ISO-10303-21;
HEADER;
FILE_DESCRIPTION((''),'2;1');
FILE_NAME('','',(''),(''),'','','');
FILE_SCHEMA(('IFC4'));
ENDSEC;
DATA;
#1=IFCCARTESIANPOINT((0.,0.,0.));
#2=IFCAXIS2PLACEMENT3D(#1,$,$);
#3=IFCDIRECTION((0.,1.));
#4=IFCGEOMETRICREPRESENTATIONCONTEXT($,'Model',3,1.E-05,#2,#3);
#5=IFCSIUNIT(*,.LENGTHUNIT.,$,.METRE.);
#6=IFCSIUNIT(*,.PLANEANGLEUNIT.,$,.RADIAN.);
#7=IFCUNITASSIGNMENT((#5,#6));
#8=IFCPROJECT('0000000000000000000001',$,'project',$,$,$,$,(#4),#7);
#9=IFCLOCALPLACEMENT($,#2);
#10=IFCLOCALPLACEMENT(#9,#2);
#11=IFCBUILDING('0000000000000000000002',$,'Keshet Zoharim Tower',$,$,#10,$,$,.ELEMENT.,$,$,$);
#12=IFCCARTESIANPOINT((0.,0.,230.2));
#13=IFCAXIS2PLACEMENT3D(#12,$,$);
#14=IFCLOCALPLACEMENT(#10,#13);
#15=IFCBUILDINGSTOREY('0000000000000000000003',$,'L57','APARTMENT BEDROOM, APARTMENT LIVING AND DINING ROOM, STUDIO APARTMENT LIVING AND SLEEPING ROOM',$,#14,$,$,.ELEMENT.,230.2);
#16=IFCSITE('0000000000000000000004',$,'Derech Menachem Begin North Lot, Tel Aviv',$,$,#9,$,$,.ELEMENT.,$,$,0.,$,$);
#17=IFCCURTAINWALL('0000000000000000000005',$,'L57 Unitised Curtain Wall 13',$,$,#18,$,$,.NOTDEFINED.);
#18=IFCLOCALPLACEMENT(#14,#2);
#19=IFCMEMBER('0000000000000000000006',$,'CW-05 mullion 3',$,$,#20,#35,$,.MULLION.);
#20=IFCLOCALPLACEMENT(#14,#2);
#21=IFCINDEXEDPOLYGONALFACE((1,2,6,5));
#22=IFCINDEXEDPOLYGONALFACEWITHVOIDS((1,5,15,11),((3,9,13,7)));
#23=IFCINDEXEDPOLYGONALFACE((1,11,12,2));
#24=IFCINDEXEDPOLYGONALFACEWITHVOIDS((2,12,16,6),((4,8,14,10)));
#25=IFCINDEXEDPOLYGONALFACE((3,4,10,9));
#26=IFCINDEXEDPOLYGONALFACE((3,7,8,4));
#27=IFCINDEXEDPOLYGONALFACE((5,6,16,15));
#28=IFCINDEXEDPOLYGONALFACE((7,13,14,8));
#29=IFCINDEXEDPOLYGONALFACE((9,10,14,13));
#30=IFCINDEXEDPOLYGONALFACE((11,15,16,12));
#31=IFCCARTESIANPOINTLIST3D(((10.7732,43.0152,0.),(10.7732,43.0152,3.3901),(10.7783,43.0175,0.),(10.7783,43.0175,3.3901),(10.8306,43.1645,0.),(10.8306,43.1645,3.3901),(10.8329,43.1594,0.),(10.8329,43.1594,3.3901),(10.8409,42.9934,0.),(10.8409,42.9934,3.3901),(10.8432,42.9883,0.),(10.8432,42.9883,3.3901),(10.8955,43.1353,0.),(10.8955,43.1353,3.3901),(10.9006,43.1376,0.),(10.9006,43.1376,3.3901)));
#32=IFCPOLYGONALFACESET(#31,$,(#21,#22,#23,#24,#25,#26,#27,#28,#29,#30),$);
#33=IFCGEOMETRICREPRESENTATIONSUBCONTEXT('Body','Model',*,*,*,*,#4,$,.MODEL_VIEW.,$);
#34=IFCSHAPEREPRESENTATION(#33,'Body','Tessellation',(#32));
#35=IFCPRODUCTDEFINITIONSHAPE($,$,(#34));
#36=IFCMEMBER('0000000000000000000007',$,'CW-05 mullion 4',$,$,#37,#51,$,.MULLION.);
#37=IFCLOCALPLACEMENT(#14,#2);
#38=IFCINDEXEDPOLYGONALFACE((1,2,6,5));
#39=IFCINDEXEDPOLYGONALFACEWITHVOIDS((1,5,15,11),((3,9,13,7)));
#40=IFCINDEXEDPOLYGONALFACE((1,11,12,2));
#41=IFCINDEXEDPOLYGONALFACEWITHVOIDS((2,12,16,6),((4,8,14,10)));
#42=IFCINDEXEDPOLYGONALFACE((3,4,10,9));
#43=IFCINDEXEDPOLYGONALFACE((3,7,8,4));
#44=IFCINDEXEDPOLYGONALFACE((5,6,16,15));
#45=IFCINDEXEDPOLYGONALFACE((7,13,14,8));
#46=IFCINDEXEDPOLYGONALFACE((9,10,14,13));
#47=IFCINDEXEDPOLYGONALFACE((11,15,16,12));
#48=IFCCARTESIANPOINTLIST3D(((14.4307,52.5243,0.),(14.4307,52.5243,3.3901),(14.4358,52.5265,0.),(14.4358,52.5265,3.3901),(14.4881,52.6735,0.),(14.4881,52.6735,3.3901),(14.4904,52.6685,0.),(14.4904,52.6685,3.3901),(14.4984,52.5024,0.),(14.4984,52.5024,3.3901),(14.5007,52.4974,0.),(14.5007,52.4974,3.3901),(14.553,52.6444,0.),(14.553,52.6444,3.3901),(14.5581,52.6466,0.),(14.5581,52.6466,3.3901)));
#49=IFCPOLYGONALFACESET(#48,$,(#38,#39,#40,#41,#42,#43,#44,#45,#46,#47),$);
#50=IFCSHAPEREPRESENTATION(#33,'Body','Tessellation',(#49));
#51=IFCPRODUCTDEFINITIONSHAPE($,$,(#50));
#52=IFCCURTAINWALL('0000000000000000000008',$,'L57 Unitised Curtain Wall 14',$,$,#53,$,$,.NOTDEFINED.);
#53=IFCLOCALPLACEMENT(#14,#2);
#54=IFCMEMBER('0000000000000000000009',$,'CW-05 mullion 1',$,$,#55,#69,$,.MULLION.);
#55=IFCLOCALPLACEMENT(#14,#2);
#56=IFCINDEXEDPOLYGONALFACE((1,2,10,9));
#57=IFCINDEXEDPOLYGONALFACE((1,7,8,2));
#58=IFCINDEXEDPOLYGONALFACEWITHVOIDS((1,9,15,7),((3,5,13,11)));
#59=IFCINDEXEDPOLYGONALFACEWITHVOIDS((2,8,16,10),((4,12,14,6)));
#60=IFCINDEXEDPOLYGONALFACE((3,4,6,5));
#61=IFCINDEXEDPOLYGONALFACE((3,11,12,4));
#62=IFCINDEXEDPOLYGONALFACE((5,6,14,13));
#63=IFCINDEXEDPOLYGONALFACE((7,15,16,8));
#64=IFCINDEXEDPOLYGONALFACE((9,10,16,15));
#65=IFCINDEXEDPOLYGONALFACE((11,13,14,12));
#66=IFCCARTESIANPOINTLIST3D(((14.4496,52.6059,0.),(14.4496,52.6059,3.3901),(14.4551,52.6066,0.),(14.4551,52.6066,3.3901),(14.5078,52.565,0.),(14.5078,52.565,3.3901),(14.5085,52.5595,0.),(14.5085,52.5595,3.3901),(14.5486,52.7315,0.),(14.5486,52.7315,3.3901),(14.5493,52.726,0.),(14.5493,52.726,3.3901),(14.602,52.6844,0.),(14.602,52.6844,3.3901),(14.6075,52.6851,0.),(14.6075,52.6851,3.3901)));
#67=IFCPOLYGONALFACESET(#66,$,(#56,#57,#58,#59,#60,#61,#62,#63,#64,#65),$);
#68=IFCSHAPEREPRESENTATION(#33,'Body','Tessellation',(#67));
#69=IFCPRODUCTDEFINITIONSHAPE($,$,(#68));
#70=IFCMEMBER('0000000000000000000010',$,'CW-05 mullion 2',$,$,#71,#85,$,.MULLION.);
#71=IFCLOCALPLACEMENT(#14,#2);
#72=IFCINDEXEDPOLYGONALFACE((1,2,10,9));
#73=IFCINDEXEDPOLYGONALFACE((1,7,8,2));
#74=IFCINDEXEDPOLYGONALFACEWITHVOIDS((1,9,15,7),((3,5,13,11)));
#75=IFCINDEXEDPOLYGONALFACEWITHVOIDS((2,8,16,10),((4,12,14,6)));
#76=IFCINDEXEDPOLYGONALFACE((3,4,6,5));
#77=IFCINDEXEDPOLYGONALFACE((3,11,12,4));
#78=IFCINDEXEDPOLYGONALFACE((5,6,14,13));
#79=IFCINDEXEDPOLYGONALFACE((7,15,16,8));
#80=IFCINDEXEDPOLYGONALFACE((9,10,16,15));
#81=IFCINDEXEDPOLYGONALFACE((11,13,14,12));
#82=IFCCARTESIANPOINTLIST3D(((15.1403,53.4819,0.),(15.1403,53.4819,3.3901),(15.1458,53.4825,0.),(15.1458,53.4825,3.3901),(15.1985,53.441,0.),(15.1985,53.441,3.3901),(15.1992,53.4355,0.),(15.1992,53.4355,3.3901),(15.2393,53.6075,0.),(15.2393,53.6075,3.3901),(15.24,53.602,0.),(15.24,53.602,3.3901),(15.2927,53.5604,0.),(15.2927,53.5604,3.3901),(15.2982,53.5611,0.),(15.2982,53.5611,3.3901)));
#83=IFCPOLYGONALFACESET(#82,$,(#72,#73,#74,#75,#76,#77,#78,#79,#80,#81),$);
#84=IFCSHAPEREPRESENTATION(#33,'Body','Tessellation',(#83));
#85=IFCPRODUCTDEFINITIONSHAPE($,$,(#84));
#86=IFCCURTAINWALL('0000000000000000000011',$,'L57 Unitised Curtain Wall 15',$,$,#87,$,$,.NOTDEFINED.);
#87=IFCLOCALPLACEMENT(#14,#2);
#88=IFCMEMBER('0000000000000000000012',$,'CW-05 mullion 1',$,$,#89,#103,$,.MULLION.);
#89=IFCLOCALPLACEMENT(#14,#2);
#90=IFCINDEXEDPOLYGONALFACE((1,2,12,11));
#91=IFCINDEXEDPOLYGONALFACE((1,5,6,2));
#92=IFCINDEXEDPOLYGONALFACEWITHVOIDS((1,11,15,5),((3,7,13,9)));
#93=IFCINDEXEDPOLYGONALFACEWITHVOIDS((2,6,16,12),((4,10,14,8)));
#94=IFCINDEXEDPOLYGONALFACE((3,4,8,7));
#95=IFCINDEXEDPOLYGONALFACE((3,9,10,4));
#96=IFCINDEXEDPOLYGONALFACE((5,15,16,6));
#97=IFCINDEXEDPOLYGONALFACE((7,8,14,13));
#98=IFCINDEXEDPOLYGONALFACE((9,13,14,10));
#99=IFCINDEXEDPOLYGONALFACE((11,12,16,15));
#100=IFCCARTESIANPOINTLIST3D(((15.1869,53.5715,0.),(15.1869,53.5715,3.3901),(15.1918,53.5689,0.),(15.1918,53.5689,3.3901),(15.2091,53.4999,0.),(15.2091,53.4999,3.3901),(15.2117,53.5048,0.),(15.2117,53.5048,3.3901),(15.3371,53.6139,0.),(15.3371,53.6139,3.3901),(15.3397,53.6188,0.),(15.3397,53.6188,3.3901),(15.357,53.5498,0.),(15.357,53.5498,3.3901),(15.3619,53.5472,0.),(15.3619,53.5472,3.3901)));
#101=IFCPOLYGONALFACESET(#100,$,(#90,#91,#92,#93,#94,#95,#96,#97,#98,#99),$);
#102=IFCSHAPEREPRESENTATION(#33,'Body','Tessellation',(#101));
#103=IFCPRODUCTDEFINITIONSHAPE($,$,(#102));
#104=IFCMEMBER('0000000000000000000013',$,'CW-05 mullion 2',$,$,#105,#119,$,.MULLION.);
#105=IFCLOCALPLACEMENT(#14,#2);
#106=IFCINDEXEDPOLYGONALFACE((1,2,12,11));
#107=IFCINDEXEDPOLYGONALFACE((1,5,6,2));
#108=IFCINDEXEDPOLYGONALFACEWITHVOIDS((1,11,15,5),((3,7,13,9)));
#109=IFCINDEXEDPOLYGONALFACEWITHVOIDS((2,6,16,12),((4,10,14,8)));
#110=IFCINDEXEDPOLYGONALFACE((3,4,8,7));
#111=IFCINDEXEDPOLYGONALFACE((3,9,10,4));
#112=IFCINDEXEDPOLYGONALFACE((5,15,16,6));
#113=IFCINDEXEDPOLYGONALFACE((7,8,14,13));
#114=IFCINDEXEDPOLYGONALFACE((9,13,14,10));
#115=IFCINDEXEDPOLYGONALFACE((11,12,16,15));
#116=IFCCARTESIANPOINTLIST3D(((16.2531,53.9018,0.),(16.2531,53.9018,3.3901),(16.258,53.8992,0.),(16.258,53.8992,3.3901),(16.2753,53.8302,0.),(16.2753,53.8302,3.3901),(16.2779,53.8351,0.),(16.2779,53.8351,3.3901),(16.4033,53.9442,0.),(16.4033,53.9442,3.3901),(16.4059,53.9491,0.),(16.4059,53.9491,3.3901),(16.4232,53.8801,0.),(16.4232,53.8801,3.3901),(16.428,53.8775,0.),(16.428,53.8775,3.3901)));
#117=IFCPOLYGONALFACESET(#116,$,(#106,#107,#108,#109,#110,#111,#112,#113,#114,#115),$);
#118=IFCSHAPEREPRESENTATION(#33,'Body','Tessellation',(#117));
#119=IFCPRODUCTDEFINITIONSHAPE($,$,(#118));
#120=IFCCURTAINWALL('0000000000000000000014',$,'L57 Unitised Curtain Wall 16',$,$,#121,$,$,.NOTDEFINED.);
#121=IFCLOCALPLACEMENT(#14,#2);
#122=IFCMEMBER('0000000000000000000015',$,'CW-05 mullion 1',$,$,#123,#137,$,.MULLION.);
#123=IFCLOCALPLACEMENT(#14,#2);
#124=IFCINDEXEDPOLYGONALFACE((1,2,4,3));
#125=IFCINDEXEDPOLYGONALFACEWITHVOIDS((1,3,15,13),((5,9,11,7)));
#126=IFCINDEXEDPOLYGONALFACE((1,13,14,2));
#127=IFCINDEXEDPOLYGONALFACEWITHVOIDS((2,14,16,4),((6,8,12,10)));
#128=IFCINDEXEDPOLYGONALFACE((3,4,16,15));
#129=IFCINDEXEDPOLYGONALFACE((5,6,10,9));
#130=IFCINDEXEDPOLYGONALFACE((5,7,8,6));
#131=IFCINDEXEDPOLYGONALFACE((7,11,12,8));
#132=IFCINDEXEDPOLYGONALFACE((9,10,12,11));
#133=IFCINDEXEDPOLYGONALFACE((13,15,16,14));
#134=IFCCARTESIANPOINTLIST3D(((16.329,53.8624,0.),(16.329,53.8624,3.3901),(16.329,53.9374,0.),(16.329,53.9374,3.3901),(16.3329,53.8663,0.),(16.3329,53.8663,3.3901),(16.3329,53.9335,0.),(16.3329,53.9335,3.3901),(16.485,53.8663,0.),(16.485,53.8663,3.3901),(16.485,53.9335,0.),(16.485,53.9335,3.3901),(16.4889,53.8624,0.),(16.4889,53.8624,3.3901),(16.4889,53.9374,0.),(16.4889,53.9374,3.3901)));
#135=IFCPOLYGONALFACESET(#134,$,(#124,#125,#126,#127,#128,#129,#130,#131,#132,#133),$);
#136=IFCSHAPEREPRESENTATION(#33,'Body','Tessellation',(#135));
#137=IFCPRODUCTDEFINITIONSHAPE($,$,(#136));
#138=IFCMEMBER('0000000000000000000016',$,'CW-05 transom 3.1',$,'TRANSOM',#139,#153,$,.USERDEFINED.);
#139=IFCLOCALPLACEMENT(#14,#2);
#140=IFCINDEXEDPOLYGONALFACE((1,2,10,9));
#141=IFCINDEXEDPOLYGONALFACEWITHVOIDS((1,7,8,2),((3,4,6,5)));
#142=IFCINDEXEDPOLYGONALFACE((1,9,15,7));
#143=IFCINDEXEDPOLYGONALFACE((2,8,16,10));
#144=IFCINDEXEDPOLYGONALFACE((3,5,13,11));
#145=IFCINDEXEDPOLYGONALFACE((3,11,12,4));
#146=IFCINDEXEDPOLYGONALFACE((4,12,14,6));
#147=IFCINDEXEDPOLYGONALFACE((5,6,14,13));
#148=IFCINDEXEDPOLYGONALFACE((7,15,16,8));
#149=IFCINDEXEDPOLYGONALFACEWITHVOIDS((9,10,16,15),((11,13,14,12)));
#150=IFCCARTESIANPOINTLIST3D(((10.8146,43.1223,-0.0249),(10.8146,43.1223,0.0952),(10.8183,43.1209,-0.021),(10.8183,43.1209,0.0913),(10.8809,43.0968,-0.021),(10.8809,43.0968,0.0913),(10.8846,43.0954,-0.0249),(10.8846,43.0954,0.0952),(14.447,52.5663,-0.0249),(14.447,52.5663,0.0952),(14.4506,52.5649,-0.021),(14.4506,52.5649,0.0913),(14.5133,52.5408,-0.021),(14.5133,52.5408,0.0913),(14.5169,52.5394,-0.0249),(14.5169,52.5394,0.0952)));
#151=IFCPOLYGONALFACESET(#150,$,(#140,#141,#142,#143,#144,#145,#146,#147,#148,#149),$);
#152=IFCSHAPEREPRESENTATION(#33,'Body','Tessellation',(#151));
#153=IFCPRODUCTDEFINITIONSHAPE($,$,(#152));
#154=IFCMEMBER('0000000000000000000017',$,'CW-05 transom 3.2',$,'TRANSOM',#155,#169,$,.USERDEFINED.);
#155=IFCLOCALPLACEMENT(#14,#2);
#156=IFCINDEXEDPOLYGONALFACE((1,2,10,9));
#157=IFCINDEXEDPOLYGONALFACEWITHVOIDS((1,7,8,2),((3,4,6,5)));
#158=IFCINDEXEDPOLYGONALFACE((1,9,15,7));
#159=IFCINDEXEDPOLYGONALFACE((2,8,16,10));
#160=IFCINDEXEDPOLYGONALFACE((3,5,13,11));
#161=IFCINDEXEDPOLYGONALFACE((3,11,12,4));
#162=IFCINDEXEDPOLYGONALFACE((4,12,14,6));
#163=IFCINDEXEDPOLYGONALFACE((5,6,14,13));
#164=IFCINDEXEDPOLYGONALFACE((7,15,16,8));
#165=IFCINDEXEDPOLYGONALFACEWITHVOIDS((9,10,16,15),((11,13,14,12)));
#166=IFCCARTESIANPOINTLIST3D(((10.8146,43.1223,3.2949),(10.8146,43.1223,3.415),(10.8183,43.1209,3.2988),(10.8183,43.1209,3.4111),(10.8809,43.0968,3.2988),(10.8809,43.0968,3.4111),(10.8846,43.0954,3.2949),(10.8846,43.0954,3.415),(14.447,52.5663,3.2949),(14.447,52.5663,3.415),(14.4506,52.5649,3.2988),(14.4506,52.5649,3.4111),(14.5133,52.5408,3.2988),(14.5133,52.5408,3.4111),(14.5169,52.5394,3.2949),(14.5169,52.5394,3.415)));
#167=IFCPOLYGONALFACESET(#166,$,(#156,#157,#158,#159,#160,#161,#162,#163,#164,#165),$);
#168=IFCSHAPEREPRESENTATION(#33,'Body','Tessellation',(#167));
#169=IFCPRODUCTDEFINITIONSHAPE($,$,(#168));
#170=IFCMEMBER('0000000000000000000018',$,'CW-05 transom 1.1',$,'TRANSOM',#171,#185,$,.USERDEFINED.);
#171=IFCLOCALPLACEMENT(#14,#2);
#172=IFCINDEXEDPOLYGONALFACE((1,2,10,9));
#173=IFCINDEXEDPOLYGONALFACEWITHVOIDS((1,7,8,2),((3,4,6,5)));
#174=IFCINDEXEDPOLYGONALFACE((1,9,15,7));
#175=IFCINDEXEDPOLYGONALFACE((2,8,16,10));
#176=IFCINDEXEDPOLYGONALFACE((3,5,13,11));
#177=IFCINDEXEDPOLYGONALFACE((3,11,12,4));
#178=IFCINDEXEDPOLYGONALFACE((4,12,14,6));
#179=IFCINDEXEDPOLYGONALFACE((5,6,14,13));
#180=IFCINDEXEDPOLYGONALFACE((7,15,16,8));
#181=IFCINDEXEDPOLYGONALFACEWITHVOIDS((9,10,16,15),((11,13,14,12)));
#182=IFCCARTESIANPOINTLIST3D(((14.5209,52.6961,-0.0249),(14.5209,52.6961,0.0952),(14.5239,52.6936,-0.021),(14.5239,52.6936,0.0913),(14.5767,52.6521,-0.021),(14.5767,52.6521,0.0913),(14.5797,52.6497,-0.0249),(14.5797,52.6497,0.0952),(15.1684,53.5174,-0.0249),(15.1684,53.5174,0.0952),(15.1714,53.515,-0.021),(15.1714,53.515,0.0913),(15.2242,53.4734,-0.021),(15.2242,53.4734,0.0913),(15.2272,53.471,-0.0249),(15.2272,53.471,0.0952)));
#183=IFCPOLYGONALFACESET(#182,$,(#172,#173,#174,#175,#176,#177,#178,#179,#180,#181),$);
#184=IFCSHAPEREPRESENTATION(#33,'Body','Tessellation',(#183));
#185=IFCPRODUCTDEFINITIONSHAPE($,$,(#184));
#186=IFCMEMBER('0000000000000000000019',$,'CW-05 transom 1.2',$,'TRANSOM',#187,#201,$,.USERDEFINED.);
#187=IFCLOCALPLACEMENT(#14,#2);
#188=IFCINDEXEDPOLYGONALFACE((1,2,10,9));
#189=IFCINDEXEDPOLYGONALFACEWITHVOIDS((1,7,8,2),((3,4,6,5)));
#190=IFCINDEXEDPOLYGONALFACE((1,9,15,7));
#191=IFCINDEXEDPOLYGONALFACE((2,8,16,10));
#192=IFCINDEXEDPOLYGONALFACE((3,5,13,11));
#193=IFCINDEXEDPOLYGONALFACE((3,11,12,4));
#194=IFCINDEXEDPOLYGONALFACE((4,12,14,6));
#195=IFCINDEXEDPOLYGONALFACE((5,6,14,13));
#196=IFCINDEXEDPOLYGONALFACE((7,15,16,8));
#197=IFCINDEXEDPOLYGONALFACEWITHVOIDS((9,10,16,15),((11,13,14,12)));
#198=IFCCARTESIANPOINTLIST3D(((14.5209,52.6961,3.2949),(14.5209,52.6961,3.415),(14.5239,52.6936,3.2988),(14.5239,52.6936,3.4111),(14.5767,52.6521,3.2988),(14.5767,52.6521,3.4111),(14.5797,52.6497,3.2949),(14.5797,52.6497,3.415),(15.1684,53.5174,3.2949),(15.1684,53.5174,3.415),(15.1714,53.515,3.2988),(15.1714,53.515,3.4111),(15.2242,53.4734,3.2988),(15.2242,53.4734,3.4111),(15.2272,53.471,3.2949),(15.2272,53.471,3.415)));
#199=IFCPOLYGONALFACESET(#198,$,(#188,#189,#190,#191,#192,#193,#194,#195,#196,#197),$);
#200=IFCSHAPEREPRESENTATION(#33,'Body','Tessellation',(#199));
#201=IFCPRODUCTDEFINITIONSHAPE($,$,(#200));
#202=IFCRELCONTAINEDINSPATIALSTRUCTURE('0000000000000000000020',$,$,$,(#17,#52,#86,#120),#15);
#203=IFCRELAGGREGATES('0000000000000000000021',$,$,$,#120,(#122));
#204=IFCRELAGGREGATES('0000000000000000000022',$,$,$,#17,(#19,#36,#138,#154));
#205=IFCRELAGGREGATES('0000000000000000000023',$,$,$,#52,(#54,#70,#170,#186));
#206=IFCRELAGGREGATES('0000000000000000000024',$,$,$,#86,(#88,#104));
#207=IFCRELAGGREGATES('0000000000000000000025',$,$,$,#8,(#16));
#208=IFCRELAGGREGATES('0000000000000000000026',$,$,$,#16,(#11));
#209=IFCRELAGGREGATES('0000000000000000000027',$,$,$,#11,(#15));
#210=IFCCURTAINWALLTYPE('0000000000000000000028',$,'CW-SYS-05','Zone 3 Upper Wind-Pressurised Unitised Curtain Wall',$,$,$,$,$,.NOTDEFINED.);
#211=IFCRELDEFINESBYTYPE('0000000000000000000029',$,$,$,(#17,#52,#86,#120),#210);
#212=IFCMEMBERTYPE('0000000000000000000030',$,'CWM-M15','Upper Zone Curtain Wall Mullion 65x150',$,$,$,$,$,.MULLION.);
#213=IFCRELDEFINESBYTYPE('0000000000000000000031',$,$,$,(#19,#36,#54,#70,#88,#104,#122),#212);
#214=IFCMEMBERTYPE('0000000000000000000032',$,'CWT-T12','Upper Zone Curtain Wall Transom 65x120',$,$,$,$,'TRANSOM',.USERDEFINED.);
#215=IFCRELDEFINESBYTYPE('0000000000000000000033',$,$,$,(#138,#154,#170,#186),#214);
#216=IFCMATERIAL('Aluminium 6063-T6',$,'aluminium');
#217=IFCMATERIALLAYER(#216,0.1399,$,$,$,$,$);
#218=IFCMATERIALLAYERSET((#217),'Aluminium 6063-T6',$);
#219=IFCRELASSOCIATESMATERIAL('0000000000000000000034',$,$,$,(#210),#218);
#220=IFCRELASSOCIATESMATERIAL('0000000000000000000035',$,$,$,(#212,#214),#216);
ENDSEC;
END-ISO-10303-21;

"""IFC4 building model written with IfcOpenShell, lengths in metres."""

from ifc_helpers import new_model, si_unit, direction, frame, origin, origin_2d, place, context, subcontext, project, spatial, hollow_rectangle, extrude, material, layer, layer_set, material_profile, profile_set, type_object, element, aggregate, save


model = new_model("IFC4")

# Units and contexts
model_context = context("Model", 3, precision=1e-05, world=origin(), true_north=direction((0.0, 1.0)))
body_context = subcontext(model_context, "Body", "Model", "MODEL_VIEW")
ifc_project = project(units=[si_unit("LENGTHUNIT", "METRE"), si_unit("PLANEANGLEUNIT", "RADIAN")], contexts=[model_context])

# Site, building, storey
site_placement = place(None, origin())
site = spatial("IfcSite", under=ifc_project, at=site_placement, Name="Derech Menachem Begin North Lot, Tel Aviv", CompositionType="ELEMENT", RefElevation=0.0)
building_placement = place(site_placement, origin())
building = spatial("IfcBuilding", under=site, at=building_placement, Name="Keshet Zoharim Tower", CompositionType="ELEMENT")
storey_placement = place(building_placement, frame((0.0, 0.0, 230.2)))
storey = spatial("IfcBuildingStorey", under=building, at=storey_placement, Name="L57", Description="APARTMENT BEDROOM, APARTMENT LIVING AND DINING ROOM, STUDIO APARTMENT LIVING AND SLEEPING ROOM", CompositionType="ELEMENT", Elevation=230.2)

# Curtain walls, members
ifc_material_1 = material(Name="Aluminium 6063-T6", Category="aluminium")
ifc_layer_1 = layer(ifc_material_1, 0.1399)
ifc_layer_set_1 = layer_set([ifc_layer_1], Name="Aluminium 6063-T6")
curtain_wall_type = type_object("IfcCurtainWallType", Name="CW-SYS-05", Description="Zone 3 Upper Wind-Pressurised Unitised Curtain Wall", PredefinedType="NOTDEFINED", material=ifc_layer_set_1)
curtain_wall_1_placement = place(storey_placement, origin())
curtain_wall_1 = element("IfcCurtainWall", 1, at=curtain_wall_1_placement, inside=storey, type_object=curtain_wall_type, Name="L57 Unitised Curtain Wall 13", PredefinedType="NOTDEFINED")
ifc_material_profile_1 = material_profile(ifc_material_1, hollow_rectangle(XDim=0.075, YDim=0.1599, WallThickness=0.0039, at=origin_2d()), Name="MUL-75x160")
ifc_profile_set_1 = profile_set([ifc_material_profile_1], Name="Aluminium 6063-T6")
member_type_1 = type_object("IfcMemberType", Name="CWM-M15", Description="Upper Zone Curtain Wall Mullion 65x150", PredefinedType="MULLION", material=ifc_profile_set_1)
member_1_placement = place(storey_placement, frame((10.8369, 43.0764, 0.0), z_axis=(0.0, 0.0, 1.0), x_axis=(-0.933341, 0.35899, 0.0)))
member_1 = element("IfcMember", 2, at=member_1_placement, type_object=member_type_1, Name="CW-05 mullion 3", PredefinedType="MULLION", context=body_context, shape_type="SweptSolid", body=[
    extrude(hollow_rectangle(XDim=0.075, YDim=0.1599, WallThickness=0.0039, at=origin_2d()), origin(), (0.0, 0.0, 1.0), 3.3901),
])
member_2_placement = place(storey_placement, frame((14.4944, 52.5854, 0.0), z_axis=(0.0, 0.0, 1.0), x_axis=(-0.933341, 0.35899, 0.0)))
member_2 = element("IfcMember", 3, at=member_2_placement, type_object=member_type_1, Name="CW-05 mullion 4", PredefinedType="MULLION", context=body_context, shape_type="SweptSolid", body=[
    extrude(hollow_rectangle(XDim=0.075, YDim=0.1599, WallThickness=0.0039, at=origin_2d()), origin(), (0.0, 0.0, 1.0), 3.3901),
])
curtain_wall_2_placement = place(storey_placement, origin())
curtain_wall_2 = element("IfcCurtainWall", 4, at=curtain_wall_2_placement, inside=storey, type_object=curtain_wall_type, Name="L57 Unitised Curtain Wall 14", PredefinedType="NOTDEFINED")
member_3_placement = place(storey_placement, frame((14.5286, 52.6455, 0.0), z_axis=(0.0, 0.0, 1.0), x_axis=(-0.785293, 0.619125, 0.0)))
member_3 = element("IfcMember", 5, at=member_3_placement, type_object=member_type_1, Name="CW-05 mullion 1", PredefinedType="MULLION", context=body_context, shape_type="SweptSolid", body=[
    extrude(hollow_rectangle(XDim=0.075, YDim=0.1599, WallThickness=0.0039, at=origin_2d()), origin(), (0.0, 0.0, 1.0), 3.3901),
])
member_4_placement = place(storey_placement, frame((15.2192, 53.5215, 0.0), z_axis=(0.0, 0.0, 1.0), x_axis=(-0.785293, 0.619125, 0.0)))
member_4 = element("IfcMember", 6, at=member_4_placement, type_object=member_type_1, Name="CW-05 mullion 2", PredefinedType="MULLION", context=body_context, shape_type="SweptSolid", body=[
    extrude(hollow_rectangle(XDim=0.075, YDim=0.1599, WallThickness=0.0039, at=origin_2d()), origin(), (0.0, 0.0, 1.0), 3.3901),
])
curtain_wall_3_placement = place(storey_placement, origin())
curtain_wall_3 = element("IfcCurtainWall", 7, at=curtain_wall_3_placement, inside=storey, type_object=curtain_wall_type, Name="L57 Unitised Curtain Wall 15", PredefinedType="NOTDEFINED")
member_5_placement = place(storey_placement, frame((15.2744, 53.5593, 0.0), z_axis=(0.0, 0.0, 1.0), x_axis=(-0.295922, 0.955212, 0.0)))
member_5 = element("IfcMember", 8, at=member_5_placement, type_object=member_type_1, Name="CW-05 mullion 1", PredefinedType="MULLION", context=body_context, shape_type="SweptSolid", body=[
    extrude(hollow_rectangle(XDim=0.075, YDim=0.1599, WallThickness=0.0039, at=origin_2d()), origin(), (0.0, 0.0, 1.0), 3.3901),
])
member_6_placement = place(storey_placement, frame((16.3406, 53.8896, 0.0), z_axis=(0.0, 0.0, 1.0), x_axis=(-0.295922, 0.955212, 0.0)))
member_6 = element("IfcMember", 9, at=member_6_placement, type_object=member_type_1, Name="CW-05 mullion 2", PredefinedType="MULLION", context=body_context, shape_type="SweptSolid", body=[
    extrude(hollow_rectangle(XDim=0.075, YDim=0.1599, WallThickness=0.0039, at=origin_2d()), origin(), (0.0, 0.0, 1.0), 3.3901),
])

# Curtain wall, member
curtain_wall_4_placement = place(storey_placement, origin())
curtain_wall_4 = element("IfcCurtainWall", 10, at=curtain_wall_4_placement, inside=storey, type_object=curtain_wall_type, Name="L57 Unitised Curtain Wall 16", PredefinedType="NOTDEFINED")
member_7_placement = place(storey_placement, frame((16.4089, 53.8999, 0.0), z_axis=(0.0, 0.0, 1.0), x_axis=(0.0, 1.0, 0.0)))
member_7 = element("IfcMember", 11, at=member_7_placement, type_object=member_type_1, Name="CW-05 mullion 1", PredefinedType="MULLION", context=body_context, shape_type="SweptSolid", body=[
    extrude(hollow_rectangle(XDim=0.075, YDim=0.1599, WallThickness=0.0039, at=origin_2d()), origin(), (0.0, 0.0, 1.0), 3.3901),
])

# Members
ifc_material_profile_2 = material_profile(ifc_material_1, hollow_rectangle(XDim=0.075, YDim=0.1201, WallThickness=0.0039, at=origin_2d()), Name="TRN-75x120")
ifc_profile_set_2 = profile_set([ifc_material_profile_2], Name="Aluminium 6063-T6")
member_type_2 = type_object("IfcMemberType", Name="CWT-T12", Description="Upper Zone Curtain Wall Transom 65x120", ElementType="TRANSOM", PredefinedType="USERDEFINED", material=ifc_profile_set_2)
member_8_placement = place(storey_placement, frame((10.8496, 43.1089, 0.0352), z_axis=(0.358986, 0.933343, 0.0), x_axis=(-0.933343, 0.358986, 0.0)))
member_8 = element("IfcMember", 12, at=member_8_placement, type_object=member_type_2, Name="CW-05 transom 3.1", ObjectType="TRANSOM", PredefinedType="USERDEFINED", context=body_context, shape_type="SweptSolid", body=[
    extrude(hollow_rectangle(XDim=0.075, YDim=0.1201, WallThickness=0.0039, at=origin_2d()), origin(), (0.0, 0.0, 1.0), 10.1184),
])
member_9_placement = place(storey_placement, frame((10.8496, 43.1089, 3.355), z_axis=(0.358986, 0.933343, 0.0), x_axis=(-0.933343, 0.358986, 0.0)))
member_9 = element("IfcMember", 13, at=member_9_placement, type_object=member_type_2, Name="CW-05 transom 3.2", ObjectType="TRANSOM", PredefinedType="USERDEFINED", context=body_context, shape_type="SweptSolid", body=[
    extrude(hollow_rectangle(XDim=0.075, YDim=0.1201, WallThickness=0.0039, at=origin_2d()), origin(), (0.0, 0.0, 1.0), 10.1184),
])
member_10_placement = place(storey_placement, frame((14.5503, 52.6729, 0.0352), z_axis=(0.619099, 0.785313, 0.0), x_axis=(-0.785313, 0.619099, 0.0)))
member_10 = element("IfcMember", 14, at=member_10_placement, type_object=member_type_2, Name="CW-05 transom 1.1", ObjectType="TRANSOM", PredefinedType="USERDEFINED", context=body_context, shape_type="SweptSolid", body=[
    extrude(hollow_rectangle(XDim=0.075, YDim=0.1201, WallThickness=0.0039, at=origin_2d()), origin(), (0.0, 0.0, 1.0), 1.0459),
])
member_11_placement = place(storey_placement, frame((14.5503, 52.6729, 3.355), z_axis=(0.619099, 0.785313, 0.0), x_axis=(-0.785313, 0.619099, 0.0)))
member_11 = element("IfcMember", 15, at=member_11_placement, type_object=member_type_2, Name="CW-05 transom 1.2", ObjectType="TRANSOM", PredefinedType="USERDEFINED", context=body_context, shape_type="SweptSolid", body=[
    extrude(hollow_rectangle(XDim=0.075, YDim=0.1201, WallThickness=0.0039, at=origin_2d()), origin(), (0.0, 0.0, 1.0), 1.0459),
])
aggregate(curtain_wall_4, [member_7])

aggregate(curtain_wall_1, [member_1, member_2, member_8, member_9])
aggregate(curtain_wall_2, [member_3, member_4, member_10, member_11])
aggregate(curtain_wall_3, [member_5, member_6])

save(model, "model.ifc")
